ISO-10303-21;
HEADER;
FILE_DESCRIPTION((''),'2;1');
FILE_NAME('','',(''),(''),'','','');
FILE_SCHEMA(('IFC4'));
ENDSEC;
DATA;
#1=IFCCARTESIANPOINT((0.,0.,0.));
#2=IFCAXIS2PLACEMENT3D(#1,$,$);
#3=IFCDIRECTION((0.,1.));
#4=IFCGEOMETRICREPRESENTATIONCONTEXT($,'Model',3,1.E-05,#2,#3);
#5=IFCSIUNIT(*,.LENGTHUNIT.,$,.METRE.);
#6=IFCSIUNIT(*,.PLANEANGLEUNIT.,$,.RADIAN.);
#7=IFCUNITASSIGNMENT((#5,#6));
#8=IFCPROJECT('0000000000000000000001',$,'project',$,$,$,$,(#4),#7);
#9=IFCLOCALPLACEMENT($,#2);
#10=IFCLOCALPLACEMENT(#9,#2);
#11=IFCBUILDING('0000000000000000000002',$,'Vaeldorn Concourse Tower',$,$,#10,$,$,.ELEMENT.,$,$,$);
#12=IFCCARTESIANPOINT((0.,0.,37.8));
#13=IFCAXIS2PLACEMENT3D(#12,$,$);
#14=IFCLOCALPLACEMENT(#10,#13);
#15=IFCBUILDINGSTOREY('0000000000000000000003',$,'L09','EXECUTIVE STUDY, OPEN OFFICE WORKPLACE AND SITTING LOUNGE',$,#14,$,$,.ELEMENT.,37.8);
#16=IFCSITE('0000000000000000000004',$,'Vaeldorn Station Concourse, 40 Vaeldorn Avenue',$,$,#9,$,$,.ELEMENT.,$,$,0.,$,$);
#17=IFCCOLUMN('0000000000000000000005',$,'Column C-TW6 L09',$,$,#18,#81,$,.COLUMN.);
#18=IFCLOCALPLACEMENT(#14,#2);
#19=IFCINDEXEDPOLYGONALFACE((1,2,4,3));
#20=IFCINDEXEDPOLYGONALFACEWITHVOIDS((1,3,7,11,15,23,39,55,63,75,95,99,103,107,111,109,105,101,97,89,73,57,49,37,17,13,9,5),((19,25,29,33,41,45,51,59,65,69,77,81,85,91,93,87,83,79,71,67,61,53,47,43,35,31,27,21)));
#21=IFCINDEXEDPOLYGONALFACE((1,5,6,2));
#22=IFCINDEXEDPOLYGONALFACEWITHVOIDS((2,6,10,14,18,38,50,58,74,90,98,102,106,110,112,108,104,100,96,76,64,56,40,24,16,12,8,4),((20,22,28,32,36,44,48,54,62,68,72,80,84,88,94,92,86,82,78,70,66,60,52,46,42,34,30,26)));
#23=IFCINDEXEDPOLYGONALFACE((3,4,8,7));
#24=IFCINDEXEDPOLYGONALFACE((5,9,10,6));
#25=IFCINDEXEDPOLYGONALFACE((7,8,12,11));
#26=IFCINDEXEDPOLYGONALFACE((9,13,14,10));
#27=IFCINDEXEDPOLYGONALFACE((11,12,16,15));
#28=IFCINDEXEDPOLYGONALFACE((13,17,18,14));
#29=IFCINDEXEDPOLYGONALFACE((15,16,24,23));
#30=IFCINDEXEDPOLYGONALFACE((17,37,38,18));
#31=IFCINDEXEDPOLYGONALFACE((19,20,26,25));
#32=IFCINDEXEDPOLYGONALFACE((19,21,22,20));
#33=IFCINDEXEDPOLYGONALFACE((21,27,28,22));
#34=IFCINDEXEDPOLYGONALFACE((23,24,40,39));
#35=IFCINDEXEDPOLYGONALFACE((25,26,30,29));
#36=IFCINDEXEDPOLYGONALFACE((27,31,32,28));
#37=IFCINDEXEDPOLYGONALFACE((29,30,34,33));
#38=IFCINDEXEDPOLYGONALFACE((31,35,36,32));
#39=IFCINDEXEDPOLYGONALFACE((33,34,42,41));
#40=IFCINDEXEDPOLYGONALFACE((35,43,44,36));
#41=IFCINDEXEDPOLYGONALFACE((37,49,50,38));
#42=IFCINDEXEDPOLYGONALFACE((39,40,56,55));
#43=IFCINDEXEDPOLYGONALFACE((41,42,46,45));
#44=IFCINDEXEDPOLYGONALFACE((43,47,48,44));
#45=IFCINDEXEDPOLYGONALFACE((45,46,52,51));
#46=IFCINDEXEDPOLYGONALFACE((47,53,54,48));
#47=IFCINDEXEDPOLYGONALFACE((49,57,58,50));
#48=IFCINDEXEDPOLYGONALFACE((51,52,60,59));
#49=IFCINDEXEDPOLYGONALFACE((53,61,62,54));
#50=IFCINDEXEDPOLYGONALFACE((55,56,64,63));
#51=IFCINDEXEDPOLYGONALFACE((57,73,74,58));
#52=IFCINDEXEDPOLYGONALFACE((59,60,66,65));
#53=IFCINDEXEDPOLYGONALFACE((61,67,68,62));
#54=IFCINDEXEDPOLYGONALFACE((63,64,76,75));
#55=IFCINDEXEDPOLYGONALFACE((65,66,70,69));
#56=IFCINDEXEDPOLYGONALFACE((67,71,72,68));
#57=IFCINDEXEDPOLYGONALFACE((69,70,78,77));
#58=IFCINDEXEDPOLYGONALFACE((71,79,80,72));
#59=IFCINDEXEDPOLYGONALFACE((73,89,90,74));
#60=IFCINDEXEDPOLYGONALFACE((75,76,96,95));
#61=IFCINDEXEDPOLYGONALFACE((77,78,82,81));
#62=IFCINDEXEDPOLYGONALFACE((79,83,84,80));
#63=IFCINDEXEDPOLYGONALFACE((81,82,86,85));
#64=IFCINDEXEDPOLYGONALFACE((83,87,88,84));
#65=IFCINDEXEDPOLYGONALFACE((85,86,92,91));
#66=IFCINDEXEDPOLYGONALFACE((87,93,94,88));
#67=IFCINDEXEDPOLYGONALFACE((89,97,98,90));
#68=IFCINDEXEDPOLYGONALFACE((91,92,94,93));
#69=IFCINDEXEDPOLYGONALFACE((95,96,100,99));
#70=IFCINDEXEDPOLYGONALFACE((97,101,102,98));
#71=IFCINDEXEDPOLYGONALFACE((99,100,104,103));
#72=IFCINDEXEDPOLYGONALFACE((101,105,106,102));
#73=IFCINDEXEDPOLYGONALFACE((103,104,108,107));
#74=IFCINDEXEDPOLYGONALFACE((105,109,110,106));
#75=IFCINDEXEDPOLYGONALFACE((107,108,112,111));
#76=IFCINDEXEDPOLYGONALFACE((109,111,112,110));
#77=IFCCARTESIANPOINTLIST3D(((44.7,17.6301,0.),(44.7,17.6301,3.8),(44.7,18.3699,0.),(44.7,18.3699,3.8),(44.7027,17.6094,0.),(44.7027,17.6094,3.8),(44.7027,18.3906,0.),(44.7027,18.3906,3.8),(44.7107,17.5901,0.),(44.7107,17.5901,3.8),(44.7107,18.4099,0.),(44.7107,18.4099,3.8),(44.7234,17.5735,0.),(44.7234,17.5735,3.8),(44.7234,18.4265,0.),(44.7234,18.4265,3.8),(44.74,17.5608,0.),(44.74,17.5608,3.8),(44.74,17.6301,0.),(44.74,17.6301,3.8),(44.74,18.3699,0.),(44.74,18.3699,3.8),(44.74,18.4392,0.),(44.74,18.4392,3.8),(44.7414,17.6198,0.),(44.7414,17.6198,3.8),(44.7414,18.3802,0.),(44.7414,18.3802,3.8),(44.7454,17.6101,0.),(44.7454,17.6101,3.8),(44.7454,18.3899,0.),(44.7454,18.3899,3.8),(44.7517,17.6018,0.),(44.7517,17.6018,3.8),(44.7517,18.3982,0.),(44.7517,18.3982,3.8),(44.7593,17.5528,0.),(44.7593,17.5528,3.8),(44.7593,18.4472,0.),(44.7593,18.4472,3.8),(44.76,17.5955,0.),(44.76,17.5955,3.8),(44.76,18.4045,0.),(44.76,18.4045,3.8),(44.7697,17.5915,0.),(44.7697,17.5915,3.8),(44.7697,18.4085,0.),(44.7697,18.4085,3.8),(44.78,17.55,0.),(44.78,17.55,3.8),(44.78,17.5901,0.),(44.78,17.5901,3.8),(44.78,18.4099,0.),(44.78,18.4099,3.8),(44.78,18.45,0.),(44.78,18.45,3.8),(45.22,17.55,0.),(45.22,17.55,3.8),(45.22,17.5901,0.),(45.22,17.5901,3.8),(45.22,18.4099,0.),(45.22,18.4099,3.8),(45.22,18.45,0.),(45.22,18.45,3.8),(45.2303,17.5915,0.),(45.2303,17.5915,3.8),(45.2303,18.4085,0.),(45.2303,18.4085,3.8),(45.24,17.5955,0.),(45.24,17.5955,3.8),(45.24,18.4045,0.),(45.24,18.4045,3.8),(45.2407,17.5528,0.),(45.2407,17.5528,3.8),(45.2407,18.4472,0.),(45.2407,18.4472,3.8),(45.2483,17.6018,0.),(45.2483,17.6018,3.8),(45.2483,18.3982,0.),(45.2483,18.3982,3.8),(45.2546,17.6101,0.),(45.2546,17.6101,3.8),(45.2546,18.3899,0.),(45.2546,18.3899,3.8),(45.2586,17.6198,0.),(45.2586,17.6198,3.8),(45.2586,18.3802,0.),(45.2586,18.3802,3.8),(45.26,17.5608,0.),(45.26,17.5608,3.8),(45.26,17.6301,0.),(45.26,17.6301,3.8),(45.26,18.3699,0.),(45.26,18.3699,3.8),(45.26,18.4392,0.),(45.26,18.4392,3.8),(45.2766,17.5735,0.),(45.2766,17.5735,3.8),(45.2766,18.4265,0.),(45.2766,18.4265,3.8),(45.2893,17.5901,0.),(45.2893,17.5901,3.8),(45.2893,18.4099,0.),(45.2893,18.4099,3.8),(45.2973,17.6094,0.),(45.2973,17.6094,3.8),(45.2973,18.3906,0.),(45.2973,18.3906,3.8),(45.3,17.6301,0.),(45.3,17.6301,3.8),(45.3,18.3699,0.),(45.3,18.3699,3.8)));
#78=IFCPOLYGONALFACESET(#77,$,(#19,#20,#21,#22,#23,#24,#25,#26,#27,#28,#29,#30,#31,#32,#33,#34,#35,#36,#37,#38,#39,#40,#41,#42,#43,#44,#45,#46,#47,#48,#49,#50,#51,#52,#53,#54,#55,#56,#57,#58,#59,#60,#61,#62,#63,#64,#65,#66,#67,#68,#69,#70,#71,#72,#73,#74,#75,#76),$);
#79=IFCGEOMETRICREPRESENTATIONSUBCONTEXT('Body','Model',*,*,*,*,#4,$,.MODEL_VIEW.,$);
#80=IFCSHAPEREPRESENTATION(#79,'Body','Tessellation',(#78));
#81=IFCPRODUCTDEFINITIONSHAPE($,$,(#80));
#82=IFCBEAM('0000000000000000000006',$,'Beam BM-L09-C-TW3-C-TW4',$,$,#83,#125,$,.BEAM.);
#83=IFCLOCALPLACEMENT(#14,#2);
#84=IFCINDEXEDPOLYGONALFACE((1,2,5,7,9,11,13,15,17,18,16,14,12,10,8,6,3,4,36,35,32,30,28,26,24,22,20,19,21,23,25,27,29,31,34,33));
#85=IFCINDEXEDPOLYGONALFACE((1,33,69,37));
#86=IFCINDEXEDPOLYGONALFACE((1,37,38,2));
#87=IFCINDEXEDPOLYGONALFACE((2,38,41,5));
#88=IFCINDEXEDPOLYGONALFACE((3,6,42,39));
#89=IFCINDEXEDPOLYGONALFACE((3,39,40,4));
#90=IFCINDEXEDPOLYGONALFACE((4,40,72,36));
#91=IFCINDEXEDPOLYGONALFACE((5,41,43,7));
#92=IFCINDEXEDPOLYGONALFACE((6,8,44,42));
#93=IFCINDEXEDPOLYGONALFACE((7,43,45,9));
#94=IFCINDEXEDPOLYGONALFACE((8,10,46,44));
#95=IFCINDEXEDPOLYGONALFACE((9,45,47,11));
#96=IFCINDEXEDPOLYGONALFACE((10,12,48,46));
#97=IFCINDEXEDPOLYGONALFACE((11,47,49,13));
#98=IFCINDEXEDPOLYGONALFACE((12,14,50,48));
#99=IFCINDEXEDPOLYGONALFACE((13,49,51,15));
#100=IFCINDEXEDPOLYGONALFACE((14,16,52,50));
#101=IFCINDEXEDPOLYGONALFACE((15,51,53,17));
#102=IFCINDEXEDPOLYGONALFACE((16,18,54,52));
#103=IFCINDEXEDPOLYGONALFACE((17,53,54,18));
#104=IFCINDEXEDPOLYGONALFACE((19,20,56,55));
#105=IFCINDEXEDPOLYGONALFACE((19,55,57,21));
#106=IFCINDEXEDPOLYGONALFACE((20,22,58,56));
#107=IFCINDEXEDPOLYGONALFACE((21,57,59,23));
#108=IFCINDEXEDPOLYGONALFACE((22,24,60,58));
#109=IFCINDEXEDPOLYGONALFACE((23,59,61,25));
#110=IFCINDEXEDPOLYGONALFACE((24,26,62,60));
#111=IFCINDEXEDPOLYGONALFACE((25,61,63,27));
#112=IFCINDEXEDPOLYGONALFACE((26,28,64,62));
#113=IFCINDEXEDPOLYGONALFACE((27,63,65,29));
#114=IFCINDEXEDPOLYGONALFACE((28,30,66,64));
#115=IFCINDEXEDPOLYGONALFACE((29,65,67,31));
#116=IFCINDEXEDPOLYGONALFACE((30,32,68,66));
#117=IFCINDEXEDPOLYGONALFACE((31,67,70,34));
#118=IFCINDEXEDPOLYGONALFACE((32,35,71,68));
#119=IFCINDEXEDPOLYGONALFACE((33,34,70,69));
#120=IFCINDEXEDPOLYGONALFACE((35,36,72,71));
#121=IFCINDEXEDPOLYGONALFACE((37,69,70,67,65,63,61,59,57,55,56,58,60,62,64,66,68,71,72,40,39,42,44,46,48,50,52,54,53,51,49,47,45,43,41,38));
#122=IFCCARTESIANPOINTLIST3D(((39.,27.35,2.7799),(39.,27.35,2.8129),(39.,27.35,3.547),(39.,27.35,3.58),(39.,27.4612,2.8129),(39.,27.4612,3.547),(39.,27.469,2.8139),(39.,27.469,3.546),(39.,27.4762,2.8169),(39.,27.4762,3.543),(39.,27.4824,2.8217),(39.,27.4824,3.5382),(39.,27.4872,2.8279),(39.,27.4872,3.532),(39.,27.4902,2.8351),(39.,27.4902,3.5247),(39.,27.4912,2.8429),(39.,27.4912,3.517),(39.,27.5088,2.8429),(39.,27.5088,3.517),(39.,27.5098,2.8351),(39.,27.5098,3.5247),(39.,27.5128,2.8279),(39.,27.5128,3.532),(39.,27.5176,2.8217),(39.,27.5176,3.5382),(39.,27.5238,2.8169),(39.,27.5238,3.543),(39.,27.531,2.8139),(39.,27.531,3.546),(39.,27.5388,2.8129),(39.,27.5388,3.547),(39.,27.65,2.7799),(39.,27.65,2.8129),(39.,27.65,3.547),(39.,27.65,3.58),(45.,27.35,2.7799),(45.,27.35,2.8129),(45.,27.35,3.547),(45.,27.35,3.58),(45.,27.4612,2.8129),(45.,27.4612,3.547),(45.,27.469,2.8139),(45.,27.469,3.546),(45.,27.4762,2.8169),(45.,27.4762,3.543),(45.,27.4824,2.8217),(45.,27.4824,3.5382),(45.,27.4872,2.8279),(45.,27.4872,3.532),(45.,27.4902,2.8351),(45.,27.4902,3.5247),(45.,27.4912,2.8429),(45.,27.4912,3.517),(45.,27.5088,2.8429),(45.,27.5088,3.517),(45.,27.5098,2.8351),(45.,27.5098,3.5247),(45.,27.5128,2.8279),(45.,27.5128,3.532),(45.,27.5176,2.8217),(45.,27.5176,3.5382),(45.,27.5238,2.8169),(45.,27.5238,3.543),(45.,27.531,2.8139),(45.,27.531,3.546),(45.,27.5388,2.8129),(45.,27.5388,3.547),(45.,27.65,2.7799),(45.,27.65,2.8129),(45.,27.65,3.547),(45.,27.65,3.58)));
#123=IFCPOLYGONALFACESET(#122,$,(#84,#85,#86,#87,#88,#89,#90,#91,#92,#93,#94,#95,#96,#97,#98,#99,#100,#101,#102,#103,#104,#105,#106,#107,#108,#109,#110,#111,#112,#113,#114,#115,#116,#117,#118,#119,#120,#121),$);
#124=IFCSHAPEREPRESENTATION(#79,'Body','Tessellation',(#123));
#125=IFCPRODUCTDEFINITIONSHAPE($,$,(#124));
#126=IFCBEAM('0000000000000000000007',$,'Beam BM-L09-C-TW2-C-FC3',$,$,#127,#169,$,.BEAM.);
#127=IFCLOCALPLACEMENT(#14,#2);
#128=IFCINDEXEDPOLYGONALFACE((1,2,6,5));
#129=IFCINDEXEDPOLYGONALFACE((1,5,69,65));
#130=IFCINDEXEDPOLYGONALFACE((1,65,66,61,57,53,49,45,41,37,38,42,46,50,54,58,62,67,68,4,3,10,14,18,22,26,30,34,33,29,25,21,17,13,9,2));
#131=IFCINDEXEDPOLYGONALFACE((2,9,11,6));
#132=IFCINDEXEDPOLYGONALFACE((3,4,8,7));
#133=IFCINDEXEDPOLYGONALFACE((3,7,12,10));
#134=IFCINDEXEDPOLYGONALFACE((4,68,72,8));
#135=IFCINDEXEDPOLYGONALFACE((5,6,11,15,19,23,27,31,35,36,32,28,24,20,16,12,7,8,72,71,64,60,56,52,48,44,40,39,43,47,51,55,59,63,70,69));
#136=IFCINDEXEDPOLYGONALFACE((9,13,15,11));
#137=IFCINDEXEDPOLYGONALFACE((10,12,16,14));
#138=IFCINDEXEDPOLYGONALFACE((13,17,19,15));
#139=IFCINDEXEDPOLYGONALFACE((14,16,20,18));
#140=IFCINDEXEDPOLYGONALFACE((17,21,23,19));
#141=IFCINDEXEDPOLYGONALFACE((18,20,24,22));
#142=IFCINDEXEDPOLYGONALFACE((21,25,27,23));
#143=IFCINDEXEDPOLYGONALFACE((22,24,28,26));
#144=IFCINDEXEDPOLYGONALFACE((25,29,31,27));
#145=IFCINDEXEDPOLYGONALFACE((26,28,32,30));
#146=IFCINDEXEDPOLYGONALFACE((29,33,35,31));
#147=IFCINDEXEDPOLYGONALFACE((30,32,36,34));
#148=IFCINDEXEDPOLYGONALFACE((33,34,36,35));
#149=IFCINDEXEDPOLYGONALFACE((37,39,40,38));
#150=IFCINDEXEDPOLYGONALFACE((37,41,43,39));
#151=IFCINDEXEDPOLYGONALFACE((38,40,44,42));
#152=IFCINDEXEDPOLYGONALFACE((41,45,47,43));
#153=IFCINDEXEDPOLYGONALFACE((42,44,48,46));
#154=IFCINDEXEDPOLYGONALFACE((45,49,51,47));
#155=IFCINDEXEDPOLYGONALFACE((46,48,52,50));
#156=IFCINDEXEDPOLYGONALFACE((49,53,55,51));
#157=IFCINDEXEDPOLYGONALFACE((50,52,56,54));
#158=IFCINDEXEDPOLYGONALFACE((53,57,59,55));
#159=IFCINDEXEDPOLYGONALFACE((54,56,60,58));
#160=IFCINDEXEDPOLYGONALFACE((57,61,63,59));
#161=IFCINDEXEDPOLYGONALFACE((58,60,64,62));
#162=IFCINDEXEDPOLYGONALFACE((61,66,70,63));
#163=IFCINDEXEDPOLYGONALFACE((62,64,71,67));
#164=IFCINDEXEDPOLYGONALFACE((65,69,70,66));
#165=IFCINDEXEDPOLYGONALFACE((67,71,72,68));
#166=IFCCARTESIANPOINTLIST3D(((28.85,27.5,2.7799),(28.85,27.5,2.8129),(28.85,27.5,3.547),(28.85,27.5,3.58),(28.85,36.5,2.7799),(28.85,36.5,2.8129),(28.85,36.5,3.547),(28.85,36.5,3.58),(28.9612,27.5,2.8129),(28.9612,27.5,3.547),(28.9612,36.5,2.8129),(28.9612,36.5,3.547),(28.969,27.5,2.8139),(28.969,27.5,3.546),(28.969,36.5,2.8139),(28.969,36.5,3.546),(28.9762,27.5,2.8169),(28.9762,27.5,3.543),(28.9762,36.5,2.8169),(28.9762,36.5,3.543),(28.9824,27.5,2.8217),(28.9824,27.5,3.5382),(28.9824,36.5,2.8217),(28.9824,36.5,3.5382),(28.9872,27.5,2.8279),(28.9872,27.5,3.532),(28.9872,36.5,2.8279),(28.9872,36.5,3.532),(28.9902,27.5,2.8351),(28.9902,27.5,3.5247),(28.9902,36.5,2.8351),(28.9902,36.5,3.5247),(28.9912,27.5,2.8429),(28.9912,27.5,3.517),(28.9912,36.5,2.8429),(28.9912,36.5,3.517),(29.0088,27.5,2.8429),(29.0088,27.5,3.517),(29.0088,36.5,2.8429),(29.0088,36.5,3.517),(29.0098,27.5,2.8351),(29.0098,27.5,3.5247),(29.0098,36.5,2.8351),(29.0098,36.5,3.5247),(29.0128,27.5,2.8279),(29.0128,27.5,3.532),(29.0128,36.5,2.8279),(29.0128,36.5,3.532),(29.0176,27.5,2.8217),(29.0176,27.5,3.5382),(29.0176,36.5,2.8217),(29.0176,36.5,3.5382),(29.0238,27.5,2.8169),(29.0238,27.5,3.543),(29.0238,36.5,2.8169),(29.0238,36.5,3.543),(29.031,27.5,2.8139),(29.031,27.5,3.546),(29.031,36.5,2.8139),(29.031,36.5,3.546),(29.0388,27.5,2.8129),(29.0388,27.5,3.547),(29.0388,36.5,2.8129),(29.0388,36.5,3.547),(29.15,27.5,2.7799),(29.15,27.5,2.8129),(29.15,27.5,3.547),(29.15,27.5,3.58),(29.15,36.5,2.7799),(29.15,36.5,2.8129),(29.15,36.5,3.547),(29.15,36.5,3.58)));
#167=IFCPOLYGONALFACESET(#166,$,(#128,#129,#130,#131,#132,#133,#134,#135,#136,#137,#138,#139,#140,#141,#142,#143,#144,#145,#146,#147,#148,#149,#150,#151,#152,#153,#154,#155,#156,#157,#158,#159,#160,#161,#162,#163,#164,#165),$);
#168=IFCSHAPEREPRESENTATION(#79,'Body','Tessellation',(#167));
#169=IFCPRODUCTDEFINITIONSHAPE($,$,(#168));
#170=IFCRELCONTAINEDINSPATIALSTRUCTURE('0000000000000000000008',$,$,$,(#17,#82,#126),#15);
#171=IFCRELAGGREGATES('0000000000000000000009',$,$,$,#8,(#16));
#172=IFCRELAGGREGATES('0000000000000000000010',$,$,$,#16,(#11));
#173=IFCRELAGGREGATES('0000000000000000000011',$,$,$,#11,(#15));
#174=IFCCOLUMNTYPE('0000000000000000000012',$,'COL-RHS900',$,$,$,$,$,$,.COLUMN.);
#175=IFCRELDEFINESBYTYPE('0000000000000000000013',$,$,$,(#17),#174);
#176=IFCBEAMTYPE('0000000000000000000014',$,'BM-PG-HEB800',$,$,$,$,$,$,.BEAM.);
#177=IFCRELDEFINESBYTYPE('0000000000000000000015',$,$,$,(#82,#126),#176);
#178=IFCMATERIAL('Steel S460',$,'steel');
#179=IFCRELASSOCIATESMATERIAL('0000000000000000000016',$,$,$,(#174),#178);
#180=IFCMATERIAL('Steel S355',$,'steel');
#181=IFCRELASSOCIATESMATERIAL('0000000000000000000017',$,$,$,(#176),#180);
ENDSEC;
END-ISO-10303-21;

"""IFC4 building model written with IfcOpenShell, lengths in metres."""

from ifc_helpers import new_model, si_unit, direction, frame, origin, origin_2d, place, context, subcontext, project, spatial, hollow_rectangle, i_section, extrude, source, transform, mapped, material, material_profile, profile_set, type_object, element, save


model = new_model("IFC4")

# Units and contexts
model_context = context("Model", 3, precision=1e-05, world=origin(), true_north=direction((0.0, 1.0)))
body_context = subcontext(model_context, "Body", "Model", "MODEL_VIEW")
ifc_project = project(units=[si_unit("LENGTHUNIT", "METRE"), si_unit("PLANEANGLEUNIT", "RADIAN")], contexts=[model_context])

# Site, building, storey
site_placement = place(None, origin())
site = spatial("IfcSite", under=ifc_project, at=site_placement, Name="Vaeldorn Station Concourse, 40 Vaeldorn Avenue", CompositionType="ELEMENT", RefElevation=0.0)
building_placement = place(site_placement, origin())
building = spatial("IfcBuilding", under=site, at=building_placement, Name="Vaeldorn Concourse Tower", CompositionType="ELEMENT")
storey_placement = place(building_placement, frame((0.0, 0.0, 37.8)))
storey = spatial("IfcBuildingStorey", under=building, at=storey_placement, Name="L09", Description="EXECUTIVE STUDY, OPEN OFFICE WORKPLACE AND SITTING LOUNGE", CompositionType="ELEMENT", Elevation=37.8)

# Column
ifc_material_1 = material(Name="Steel S460", Category="steel")
ifc_material_profile_1 = material_profile(ifc_material_1, hollow_rectangle(XDim=0.6001, YDim=0.8999, WallThickness=0.04, InnerFilletRadius=0.04, OuterFilletRadius=0.0801, at=origin_2d()), Name="RHS 900x600x40")
ifc_profile_set_1 = profile_set([ifc_material_profile_1], Name="Steel S460")
column_type_1 = type_object("IfcColumnType", Name="COL-RHS900", PredefinedType="COLUMN", material=ifc_profile_set_1)
shared_shape_1 = source(origin(), body_context, "Body", "SweptSolid", [
    extrude(hollow_rectangle(XDim=0.6001, YDim=0.8999, WallThickness=0.04, InnerFilletRadius=0.04, OuterFilletRadius=0.0801, at=origin_2d()), origin(), (0.0, 0.0, 1.0), 3.8),
])
for number, where, z_axis, x_axis, name in (
    (1, (45.0, 18.0, 0.0), (0.0, 0.0, 1.0), (1.0, 0.0, 0.0), "Column C-TW6 L09"),
):
    element("IfcColumn", number, at=place(storey_placement, frame(where, z_axis=z_axis, x_axis=x_axis)), inside=storey, type_object=column_type_1, Name=name, PredefinedType="COLUMN", context=body_context, shape_type="MappedRepresentation", body=[
        mapped(shared_shape_1, transform((0.0, 0.0, 0.0), scale=1.0)),
    ])

# Beams
ifc_material_2 = material(Name="Steel S355", Category="steel")
ifc_material_profile_2 = material_profile(ifc_material_2, i_section(OverallWidth=0.3, OverallDepth=0.8, WebThickness=0.0176, FlangeThickness=0.033, FilletRadius=0.03, at=origin_2d()), Name="HEB 800")
ifc_profile_set_2 = profile_set([ifc_material_profile_2], Name="Steel S355")
beam_type_1 = type_object("IfcBeamType", Name="BM-PG-HEB800", PredefinedType="BEAM", material=ifc_profile_set_2)
shared_shape_2 = source(origin(), body_context, "Body", "SweptSolid", [
    extrude(i_section(OverallWidth=0.3, OverallDepth=0.8, WebThickness=0.0176, FlangeThickness=0.033, FilletRadius=0.03, at=origin_2d()), origin(), (0.0, 0.0, 1.0), 6.0),
])
beam_1_placement = place(storey_placement, frame((39.0, 27.5, 3.1799), z_axis=(1.0, 0.0, 0.0), x_axis=(0.0, 1.0, 0.0)))
element("IfcBeam", 2, at=beam_1_placement, inside=storey, type_object=beam_type_1, Name="Beam BM-L09-C-TW3-C-TW4", PredefinedType="BEAM", context=body_context, shape_type="MappedRepresentation", body=[
    mapped(shared_shape_2, transform((0.0, 0.0, 0.0), scale=1.0)),
])
shared_shape_3 = source(origin(), body_context, "Body", "SweptSolid", [
    extrude(i_section(OverallWidth=0.3, OverallDepth=0.8, WebThickness=0.0176, FlangeThickness=0.033, FilletRadius=0.03, at=origin_2d()), origin(), (0.0, 0.0, 1.0), 9.0),
])
for number, where, z_axis, x_axis, name in (
    (3, (29.0, 27.5, 3.1799), (0.0, 1.0, 0.0), (-1.0, 0.0, 0.0), "Beam BM-L09-C-TW2-C-FC3"),
):
    element("IfcBeam", number, at=place(storey_placement, frame(where, z_axis=z_axis, x_axis=x_axis)), inside=storey, type_object=beam_type_1, Name=name, PredefinedType="BEAM", context=body_context, shape_type="MappedRepresentation", body=[
        mapped(shared_shape_3, transform((0.0, 0.0, 0.0), scale=1.0)),
    ])

save(model, "model.ifc")
